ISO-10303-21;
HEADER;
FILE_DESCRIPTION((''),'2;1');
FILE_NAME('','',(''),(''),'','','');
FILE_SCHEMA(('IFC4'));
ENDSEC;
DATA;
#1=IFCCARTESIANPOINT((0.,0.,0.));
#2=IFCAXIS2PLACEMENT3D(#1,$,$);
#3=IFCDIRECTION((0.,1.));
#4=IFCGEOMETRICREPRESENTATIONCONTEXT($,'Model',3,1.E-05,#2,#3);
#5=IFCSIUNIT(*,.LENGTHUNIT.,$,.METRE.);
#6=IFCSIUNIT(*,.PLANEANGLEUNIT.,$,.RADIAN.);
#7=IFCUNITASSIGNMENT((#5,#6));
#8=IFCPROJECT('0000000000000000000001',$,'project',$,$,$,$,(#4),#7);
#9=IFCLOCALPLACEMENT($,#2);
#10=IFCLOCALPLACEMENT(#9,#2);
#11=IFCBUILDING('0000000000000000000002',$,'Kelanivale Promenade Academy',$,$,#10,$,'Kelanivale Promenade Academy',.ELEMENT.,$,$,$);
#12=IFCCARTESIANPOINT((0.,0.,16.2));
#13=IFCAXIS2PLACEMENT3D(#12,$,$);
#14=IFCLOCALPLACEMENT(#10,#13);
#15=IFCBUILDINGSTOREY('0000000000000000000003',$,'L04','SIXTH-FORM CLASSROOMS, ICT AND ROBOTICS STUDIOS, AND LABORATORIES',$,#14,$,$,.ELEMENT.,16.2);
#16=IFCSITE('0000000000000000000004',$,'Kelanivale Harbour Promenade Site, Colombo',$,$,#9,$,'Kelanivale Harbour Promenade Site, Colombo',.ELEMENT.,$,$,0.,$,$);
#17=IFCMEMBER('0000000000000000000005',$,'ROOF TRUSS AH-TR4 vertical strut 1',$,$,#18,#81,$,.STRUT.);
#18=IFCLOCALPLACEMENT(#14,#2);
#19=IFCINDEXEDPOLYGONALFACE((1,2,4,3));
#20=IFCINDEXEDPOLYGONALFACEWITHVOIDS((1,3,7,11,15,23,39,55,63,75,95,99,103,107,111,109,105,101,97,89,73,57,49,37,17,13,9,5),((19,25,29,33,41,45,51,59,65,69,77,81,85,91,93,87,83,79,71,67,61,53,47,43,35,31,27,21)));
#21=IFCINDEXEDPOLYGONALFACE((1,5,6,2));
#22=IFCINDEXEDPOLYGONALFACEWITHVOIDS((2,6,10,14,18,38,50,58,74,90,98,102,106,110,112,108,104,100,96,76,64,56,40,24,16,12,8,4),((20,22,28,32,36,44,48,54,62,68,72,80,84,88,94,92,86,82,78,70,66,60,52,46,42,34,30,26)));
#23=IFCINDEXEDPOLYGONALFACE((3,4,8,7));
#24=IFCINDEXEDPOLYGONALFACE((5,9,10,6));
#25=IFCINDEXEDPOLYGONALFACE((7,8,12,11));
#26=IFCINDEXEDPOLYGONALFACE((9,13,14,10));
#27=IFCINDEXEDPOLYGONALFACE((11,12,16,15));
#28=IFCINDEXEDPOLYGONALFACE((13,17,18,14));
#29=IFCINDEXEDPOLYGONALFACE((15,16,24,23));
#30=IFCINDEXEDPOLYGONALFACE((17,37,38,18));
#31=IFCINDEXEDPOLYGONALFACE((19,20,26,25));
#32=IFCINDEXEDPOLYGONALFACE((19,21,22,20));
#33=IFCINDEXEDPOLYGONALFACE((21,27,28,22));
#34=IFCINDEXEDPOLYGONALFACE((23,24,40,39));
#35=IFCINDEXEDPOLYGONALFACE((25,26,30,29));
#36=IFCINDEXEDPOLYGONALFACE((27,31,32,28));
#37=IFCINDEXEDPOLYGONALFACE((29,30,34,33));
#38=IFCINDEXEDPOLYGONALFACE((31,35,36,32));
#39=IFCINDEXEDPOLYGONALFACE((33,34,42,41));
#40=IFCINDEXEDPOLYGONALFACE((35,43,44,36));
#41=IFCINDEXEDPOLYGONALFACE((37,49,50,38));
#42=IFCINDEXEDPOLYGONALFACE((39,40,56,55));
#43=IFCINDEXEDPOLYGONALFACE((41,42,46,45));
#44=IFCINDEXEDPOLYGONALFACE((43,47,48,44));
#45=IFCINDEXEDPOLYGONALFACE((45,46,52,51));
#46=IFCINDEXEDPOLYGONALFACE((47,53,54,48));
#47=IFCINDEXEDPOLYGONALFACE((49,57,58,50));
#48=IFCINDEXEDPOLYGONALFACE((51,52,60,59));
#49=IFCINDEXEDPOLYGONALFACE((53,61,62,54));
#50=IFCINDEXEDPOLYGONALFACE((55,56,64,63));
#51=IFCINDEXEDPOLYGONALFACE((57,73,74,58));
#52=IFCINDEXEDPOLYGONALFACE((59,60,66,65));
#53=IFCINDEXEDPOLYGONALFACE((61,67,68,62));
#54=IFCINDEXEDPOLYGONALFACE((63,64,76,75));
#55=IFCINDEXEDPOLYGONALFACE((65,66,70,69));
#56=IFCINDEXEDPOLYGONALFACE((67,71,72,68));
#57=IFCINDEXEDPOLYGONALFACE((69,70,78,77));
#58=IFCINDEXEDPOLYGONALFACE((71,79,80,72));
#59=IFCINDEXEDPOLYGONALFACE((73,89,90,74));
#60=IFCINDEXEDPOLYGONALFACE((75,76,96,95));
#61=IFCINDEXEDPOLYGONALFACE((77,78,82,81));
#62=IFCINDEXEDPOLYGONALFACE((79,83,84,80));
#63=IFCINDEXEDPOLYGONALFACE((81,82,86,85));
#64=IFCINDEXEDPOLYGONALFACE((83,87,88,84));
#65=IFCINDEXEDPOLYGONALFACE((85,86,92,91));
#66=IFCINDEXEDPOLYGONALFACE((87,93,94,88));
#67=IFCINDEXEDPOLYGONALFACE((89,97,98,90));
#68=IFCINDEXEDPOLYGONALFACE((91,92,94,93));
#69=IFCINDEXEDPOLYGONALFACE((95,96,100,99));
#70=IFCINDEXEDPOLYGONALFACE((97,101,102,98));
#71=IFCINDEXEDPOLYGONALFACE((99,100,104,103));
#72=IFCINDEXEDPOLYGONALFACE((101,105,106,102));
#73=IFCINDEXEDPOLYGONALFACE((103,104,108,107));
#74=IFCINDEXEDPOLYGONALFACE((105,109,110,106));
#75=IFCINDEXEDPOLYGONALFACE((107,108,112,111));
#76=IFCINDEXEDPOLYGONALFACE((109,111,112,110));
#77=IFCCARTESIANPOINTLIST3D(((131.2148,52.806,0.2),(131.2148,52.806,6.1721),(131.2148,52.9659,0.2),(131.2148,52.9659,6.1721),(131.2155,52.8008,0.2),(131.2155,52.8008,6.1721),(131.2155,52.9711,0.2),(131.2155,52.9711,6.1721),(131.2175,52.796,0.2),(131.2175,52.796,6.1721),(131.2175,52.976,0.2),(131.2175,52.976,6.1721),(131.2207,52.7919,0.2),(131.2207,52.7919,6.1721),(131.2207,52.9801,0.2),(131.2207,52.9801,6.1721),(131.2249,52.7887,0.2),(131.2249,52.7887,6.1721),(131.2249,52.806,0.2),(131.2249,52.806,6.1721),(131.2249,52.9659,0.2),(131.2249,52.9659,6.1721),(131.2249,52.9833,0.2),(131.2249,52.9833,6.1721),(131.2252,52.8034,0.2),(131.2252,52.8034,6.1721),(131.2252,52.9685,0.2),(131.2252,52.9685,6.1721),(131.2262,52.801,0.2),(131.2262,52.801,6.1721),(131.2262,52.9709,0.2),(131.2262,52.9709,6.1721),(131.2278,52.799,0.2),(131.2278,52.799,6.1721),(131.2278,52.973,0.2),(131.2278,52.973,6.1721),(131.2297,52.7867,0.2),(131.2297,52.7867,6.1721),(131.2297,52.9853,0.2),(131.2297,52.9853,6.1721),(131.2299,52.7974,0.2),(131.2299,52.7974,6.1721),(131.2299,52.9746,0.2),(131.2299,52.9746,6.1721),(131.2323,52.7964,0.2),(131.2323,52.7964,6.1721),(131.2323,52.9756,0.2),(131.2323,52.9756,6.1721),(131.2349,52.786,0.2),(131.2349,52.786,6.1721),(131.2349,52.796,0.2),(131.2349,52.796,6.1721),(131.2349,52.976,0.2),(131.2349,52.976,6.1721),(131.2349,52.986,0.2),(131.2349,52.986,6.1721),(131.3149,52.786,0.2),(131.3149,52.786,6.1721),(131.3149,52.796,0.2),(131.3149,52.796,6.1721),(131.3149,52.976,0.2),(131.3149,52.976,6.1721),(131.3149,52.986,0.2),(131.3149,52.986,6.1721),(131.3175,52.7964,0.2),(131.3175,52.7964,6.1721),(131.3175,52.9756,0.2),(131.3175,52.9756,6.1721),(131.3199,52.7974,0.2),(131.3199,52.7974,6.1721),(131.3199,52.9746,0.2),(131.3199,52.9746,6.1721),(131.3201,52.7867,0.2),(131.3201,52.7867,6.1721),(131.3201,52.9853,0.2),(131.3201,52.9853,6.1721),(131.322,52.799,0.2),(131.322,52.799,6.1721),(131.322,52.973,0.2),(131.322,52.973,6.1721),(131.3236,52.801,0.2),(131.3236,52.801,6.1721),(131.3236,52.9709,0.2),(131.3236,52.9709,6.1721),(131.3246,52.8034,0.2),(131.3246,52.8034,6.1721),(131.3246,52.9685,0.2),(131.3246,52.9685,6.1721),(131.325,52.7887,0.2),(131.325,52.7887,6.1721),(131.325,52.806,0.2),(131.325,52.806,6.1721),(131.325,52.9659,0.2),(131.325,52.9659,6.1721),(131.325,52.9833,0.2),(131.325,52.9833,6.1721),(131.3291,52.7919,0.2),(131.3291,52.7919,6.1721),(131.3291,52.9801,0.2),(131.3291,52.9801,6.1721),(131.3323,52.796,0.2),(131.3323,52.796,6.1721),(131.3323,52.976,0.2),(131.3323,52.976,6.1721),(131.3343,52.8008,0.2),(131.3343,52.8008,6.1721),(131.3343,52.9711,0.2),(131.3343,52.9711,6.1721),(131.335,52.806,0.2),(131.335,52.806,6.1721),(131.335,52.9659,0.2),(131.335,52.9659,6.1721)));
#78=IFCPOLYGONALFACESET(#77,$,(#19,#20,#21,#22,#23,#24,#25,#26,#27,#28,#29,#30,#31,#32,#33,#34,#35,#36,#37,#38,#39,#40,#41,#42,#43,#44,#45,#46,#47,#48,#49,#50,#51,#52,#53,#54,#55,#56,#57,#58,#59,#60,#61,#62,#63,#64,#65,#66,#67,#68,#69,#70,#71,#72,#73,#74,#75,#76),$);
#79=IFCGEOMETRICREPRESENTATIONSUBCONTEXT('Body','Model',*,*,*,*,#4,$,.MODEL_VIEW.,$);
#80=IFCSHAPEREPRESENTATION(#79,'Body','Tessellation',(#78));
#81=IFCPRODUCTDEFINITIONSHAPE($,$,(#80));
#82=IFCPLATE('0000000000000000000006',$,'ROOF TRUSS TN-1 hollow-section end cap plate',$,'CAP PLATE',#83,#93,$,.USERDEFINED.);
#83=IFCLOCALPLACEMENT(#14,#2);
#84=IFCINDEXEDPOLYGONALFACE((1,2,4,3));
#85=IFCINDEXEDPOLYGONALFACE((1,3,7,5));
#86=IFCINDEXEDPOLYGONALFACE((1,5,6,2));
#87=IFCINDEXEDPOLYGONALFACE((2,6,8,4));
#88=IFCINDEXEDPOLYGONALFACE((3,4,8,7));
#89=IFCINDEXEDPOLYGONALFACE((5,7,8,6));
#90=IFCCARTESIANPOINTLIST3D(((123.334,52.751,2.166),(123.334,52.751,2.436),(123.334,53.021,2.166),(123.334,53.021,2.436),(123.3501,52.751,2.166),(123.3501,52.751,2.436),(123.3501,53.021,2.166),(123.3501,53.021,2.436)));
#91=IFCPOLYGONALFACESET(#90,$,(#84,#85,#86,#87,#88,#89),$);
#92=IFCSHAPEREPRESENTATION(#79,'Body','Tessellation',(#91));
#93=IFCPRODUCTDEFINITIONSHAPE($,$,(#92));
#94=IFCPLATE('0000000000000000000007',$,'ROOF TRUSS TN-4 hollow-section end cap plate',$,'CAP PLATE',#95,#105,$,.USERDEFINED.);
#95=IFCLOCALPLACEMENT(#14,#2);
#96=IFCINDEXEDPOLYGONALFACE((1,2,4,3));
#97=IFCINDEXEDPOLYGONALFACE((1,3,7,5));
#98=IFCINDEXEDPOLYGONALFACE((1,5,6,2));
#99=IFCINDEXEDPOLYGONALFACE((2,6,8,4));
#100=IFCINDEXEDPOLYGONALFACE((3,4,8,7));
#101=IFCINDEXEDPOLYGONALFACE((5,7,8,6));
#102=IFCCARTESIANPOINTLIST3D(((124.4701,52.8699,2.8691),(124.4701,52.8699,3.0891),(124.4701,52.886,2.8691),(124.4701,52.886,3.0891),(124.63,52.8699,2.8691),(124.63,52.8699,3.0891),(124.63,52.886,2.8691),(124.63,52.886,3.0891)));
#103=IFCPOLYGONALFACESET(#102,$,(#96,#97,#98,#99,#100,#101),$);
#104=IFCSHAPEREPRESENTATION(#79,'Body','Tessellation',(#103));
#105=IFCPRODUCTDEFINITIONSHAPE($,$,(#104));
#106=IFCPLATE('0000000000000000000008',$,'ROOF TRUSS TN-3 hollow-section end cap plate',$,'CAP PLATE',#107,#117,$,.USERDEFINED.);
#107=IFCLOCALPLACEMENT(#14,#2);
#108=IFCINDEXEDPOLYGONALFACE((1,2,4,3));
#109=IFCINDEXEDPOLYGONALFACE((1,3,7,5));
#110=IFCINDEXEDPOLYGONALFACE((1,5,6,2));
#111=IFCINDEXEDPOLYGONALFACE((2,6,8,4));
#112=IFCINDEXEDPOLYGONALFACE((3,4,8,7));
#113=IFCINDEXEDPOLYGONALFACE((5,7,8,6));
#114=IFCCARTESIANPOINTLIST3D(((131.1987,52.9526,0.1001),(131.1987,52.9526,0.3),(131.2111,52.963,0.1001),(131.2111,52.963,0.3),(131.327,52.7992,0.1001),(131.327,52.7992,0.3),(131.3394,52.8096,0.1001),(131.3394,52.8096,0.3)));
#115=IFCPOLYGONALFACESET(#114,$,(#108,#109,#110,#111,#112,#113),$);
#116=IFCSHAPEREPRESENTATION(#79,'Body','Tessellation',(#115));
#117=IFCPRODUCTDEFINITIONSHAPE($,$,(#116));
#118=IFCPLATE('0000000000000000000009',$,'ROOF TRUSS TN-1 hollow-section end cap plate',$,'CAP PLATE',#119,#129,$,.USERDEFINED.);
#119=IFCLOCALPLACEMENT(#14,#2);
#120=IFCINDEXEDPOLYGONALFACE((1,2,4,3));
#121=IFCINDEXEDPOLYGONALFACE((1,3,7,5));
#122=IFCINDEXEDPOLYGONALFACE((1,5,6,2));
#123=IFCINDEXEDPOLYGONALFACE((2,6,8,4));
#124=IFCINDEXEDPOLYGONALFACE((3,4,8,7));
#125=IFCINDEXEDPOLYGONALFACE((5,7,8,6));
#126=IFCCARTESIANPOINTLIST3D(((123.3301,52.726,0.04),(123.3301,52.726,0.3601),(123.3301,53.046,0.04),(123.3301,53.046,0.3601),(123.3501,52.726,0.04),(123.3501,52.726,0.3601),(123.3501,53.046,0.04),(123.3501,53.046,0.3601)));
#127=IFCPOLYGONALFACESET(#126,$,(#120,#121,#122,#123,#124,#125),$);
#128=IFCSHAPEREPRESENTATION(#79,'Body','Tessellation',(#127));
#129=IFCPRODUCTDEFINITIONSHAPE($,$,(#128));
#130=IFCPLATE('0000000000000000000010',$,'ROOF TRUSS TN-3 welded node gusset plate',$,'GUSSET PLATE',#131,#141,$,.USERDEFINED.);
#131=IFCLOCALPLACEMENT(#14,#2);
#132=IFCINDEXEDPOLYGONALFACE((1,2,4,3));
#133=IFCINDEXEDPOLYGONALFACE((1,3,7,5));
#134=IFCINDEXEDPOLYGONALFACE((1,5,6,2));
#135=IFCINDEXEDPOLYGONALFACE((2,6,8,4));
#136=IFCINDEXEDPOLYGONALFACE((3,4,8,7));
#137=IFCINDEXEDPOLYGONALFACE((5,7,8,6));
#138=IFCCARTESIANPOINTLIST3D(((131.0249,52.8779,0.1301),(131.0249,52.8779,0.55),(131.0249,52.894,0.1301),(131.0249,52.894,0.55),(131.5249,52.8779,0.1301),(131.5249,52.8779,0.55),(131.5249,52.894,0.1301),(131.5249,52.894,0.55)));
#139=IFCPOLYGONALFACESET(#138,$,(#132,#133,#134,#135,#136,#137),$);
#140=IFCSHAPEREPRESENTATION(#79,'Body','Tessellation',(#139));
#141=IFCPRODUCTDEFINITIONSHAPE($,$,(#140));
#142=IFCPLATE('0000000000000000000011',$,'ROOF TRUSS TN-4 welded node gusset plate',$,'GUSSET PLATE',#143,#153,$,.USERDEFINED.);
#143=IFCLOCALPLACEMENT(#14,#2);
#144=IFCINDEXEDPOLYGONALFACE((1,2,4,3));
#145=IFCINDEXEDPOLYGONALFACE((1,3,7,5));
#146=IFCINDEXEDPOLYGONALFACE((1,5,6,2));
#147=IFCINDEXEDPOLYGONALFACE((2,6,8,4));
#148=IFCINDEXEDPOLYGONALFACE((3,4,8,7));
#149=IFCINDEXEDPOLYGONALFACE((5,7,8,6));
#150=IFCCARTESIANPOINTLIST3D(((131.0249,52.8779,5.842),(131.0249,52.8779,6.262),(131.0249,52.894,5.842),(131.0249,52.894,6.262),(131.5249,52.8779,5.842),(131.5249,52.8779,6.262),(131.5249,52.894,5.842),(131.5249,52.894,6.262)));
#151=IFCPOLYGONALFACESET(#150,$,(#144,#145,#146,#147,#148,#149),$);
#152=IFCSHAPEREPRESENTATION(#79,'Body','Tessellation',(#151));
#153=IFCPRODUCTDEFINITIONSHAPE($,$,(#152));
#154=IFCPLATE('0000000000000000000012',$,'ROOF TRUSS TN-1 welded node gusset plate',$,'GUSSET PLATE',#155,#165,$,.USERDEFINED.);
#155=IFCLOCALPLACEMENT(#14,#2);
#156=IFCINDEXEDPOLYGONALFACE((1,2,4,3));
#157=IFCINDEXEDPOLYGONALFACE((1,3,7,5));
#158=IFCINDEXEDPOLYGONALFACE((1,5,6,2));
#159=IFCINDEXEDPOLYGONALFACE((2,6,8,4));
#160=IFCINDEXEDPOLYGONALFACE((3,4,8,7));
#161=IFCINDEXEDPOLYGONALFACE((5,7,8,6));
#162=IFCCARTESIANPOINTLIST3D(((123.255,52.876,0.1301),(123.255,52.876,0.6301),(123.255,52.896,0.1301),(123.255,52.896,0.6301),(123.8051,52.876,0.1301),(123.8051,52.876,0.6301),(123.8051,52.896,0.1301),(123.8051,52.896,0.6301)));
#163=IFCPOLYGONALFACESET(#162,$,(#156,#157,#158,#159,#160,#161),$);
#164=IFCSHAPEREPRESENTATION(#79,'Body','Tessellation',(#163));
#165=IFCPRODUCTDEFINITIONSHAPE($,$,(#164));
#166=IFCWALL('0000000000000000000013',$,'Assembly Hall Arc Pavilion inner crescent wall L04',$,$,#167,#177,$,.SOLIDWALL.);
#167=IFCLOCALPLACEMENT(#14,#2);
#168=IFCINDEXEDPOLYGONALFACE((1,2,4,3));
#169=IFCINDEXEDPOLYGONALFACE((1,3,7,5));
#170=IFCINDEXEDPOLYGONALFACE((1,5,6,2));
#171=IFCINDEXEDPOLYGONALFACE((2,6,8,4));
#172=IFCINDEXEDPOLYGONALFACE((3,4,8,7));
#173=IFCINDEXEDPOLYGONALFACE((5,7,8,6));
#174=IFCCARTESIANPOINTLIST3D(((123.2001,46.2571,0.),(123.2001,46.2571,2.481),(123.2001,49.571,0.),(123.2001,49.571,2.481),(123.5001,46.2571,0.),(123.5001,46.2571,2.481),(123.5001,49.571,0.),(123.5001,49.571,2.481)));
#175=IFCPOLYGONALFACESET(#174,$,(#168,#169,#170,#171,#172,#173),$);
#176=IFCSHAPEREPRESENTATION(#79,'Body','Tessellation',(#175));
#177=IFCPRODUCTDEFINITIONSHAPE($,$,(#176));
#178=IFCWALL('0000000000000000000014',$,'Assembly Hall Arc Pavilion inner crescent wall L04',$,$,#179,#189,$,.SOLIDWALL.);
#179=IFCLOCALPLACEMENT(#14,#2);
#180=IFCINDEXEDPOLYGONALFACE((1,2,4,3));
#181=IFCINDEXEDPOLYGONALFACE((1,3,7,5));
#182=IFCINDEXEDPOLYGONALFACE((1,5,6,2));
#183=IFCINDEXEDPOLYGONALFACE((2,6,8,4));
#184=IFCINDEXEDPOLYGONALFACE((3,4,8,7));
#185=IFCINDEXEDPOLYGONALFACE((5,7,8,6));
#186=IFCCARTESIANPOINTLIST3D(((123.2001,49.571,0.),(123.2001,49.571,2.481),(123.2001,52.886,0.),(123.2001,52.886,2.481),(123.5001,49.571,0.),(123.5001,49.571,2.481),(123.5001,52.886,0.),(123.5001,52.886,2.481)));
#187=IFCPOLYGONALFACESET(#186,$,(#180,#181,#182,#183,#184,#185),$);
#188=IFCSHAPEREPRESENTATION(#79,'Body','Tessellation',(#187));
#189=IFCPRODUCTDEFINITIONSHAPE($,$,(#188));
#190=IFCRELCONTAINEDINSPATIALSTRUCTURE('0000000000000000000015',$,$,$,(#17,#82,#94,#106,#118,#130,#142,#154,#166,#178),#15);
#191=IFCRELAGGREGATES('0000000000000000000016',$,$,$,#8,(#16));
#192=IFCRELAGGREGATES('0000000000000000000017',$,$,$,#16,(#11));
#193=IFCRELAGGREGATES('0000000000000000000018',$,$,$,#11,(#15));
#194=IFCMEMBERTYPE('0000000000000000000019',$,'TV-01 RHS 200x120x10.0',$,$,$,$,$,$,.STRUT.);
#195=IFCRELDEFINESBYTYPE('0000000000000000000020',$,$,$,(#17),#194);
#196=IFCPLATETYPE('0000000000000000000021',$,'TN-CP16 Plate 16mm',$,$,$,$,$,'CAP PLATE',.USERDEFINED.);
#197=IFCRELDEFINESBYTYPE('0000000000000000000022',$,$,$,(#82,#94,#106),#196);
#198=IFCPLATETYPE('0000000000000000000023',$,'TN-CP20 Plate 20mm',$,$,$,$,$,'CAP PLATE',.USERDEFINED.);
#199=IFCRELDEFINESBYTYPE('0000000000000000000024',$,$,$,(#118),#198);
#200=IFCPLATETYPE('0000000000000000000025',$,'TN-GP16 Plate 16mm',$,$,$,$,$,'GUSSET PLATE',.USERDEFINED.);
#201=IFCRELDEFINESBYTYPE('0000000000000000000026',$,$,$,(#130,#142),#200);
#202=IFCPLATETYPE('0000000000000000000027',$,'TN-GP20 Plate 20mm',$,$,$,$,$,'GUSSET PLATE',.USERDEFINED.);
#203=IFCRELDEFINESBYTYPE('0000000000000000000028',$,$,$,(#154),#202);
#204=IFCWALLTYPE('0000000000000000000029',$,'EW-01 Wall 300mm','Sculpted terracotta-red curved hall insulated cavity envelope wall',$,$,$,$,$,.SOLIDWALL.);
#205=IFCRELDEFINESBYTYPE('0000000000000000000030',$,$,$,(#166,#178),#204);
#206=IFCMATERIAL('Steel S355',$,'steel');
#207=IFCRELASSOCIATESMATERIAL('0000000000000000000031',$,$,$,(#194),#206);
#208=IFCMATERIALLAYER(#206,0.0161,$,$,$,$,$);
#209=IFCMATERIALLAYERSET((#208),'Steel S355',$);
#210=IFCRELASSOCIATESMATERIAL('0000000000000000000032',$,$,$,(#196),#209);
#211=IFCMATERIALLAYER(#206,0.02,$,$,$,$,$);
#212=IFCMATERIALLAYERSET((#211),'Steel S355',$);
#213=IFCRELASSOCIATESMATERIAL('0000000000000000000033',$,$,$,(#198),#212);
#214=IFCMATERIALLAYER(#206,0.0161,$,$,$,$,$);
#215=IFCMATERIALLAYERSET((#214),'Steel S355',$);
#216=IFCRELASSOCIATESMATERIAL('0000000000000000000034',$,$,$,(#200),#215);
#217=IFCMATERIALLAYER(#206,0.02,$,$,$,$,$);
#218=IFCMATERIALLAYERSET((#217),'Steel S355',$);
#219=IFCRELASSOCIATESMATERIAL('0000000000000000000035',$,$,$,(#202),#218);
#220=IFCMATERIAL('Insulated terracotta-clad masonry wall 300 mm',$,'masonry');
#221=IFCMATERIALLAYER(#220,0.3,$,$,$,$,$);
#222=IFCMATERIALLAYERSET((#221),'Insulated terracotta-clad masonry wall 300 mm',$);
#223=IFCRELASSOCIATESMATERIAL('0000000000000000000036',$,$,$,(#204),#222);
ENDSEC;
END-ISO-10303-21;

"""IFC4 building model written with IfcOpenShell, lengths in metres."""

from ifc_helpers import new_model, si_unit, direction, frame, frame_2d, origin, origin_2d, place, context, subcontext, project, spatial, rectangle, hollow_rectangle, extrude, material, layer, layer_set, material_profile, profile_set, type_object, element, save


model = new_model("IFC4")

# Units and contexts
model_context = context("Model", 3, precision=1e-05, world=origin(), true_north=direction((0.0, 1.0)))
body_context = subcontext(model_context, "Body", "Model", "MODEL_VIEW")
ifc_project = project(units=[si_unit("LENGTHUNIT", "METRE"), si_unit("PLANEANGLEUNIT", "RADIAN")], contexts=[model_context])

# Site, building, storey
site_placement = place(None, origin())
site = spatial("IfcSite", under=ifc_project, at=site_placement, Name="Kelanivale Harbour Promenade Site, Colombo", LongName="Kelanivale Harbour Promenade Site, Colombo", CompositionType="ELEMENT", RefElevation=0.0)
building_placement = place(site_placement, origin())
building = spatial("IfcBuilding", under=site, at=building_placement, Name="Kelanivale Promenade Academy", LongName="Kelanivale Promenade Academy", CompositionType="ELEMENT")
storey_placement = place(building_placement, frame((0.0, 0.0, 16.2)))
storey = spatial("IfcBuildingStorey", under=building, at=storey_placement, Name="L04", Description="SIXTH-FORM CLASSROOMS, ICT AND ROBOTICS STUDIOS, AND LABORATORIES", CompositionType="ELEMENT", Elevation=16.2)

# Shared definitions
ifc_material_1 = material(Name="Steel S355", Category="steel")

# Member
ifc_material_profile_1 = material_profile(ifc_material_1, hollow_rectangle(XDim=0.1201, YDim=0.2, WallThickness=0.01, InnerFilletRadius=0.01, OuterFilletRadius=0.02, at=origin_2d()), Name="RHS 200x120x10.0")
ifc_profile_set_1 = profile_set([ifc_material_profile_1], Name="Steel S355")
member_type_1 = type_object("IfcMemberType", Name="TV-01 RHS 200x120x10.0", PredefinedType="STRUT", material=ifc_profile_set_1)
member_1_placement = place(storey_placement, frame((131.2749, 52.886, 0.2), z_axis=(0.0, 0.0, 1.0), x_axis=(1.0, 0.0, 0.0)))
element("IfcMember", 1, at=member_1_placement, inside=storey, type_object=member_type_1, Name="ROOF TRUSS AH-TR4 vertical strut 1", PredefinedType="STRUT", context=body_context, shape_type="SweptSolid", body=[
    extrude(hollow_rectangle(XDim=0.1201, YDim=0.2, WallThickness=0.01, InnerFilletRadius=0.01, OuterFilletRadius=0.02, at=origin_2d()), origin(), (0.0, 0.0, 1.0), 5.9722),
])

# Plates
ifc_layer_1 = layer(ifc_material_1, 0.0161)
ifc_layer_set_1 = layer_set([ifc_layer_1], Name="Steel S355")
plate_type_1 = type_object("IfcPlateType", Name="TN-CP16 Plate 16mm", ElementType="CAP PLATE", PredefinedType="USERDEFINED", material=ifc_layer_set_1)
plate_1_placement = place(storey_placement, frame((123.342, 52.886, 2.166), z_axis=(0.0, 0.0, 1.0), x_axis=(-1.0, 0.0, 0.0)))
element("IfcPlate", 2, at=plate_1_placement, inside=storey, type_object=plate_type_1, Name="ROOF TRUSS TN-1 hollow-section end cap plate", ObjectType="CAP PLATE", PredefinedType="USERDEFINED", context=body_context, shape_type="SweptSolid", body=[
    extrude(rectangle(XDim=0.0161, YDim=0.27, at=origin_2d()), origin(), (0.0, 0.0, 1.0), 0.27),
])
plate_2_placement = place(storey_placement, frame((124.55, 52.8779, 2.8691), z_axis=(0.0, 0.0, 1.0), x_axis=(0.0, -1.0, 0.0)))
element("IfcPlate", 3, at=plate_2_placement, inside=storey, type_object=plate_type_1, Name="ROOF TRUSS TN-4 hollow-section end cap plate", ObjectType="CAP PLATE", PredefinedType="USERDEFINED", context=body_context, shape_type="SweptSolid", body=[
    extrude(rectangle(XDim=0.0161, YDim=0.1599, at=origin_2d()), origin(), (0.0, 0.0, 1.0), 0.22),
])
plate_3_placement = place(storey_placement, frame((131.269, 52.8811, 0.1001), z_axis=(0.0, 0.0, 1.0), x_axis=(-0.767053, -0.641584, 0.0)))
element("IfcPlate", 4, at=plate_3_placement, inside=storey, type_object=plate_type_1, Name="ROOF TRUSS TN-3 hollow-section end cap plate", ObjectType="CAP PLATE", PredefinedType="USERDEFINED", context=body_context, shape_type="SweptSolid", body=[
    extrude(rectangle(XDim=0.0161, YDim=0.2, at=origin_2d()), origin(), (0.0, 0.0, 1.0), 0.2),
])
ifc_layer_2 = layer(ifc_material_1, 0.02)
ifc_layer_set_2 = layer_set([ifc_layer_2], Name="Steel S355")
plate_type_2 = type_object("IfcPlateType", Name="TN-CP20 Plate 20mm", ElementType="CAP PLATE", PredefinedType="USERDEFINED", material=ifc_layer_set_2)
plate_4_placement = place(storey_placement, frame((123.3401, 52.886, 0.04), z_axis=(0.0, 0.0, 1.0), x_axis=(-1.0, 0.0, 0.0)))
element("IfcPlate", 5, at=plate_4_placement, inside=storey, type_object=plate_type_2, Name="ROOF TRUSS TN-1 hollow-section end cap plate", ObjectType="CAP PLATE", PredefinedType="USERDEFINED", context=body_context, shape_type="SweptSolid", body=[
    extrude(rectangle(XDim=0.02, YDim=0.3201, at=origin_2d()), origin(), (0.0, 0.0, 1.0), 0.3201),
])
ifc_layer_3 = layer(ifc_material_1, 0.0161)
ifc_layer_set_3 = layer_set([ifc_layer_3], Name="Steel S355")
plate_type_3 = type_object("IfcPlateType", Name="TN-GP16 Plate 16mm", ElementType="GUSSET PLATE", PredefinedType="USERDEFINED", material=ifc_layer_set_3)
for number, where, z_axis, x_axis, name in (
    (6, (131.2749, 52.886, 0.1301), (0.0, 0.0, 1.0), (1.0, 0.0, 0.0), "ROOF TRUSS TN-3 welded node gusset plate"),
    (7, (131.2749, 52.886, 5.842), (0.0, 0.0, 1.0), (1.0, 0.0, 0.0), "ROOF TRUSS TN-4 welded node gusset plate"),
):
    element("IfcPlate", number, at=place(storey_placement, frame(where, z_axis=z_axis, x_axis=x_axis)), inside=storey, type_object=plate_type_3, Name=name, ObjectType="GUSSET PLATE", PredefinedType="USERDEFINED", context=body_context, shape_type="SweptSolid", body=[
        extrude(rectangle(XDim=0.5, YDim=0.0161, at=origin_2d()), origin(), (0.0, 0.0, 1.0), 0.4199),
    ])
ifc_layer_4 = layer(ifc_material_1, 0.02)
ifc_layer_set_4 = layer_set([ifc_layer_4], Name="Steel S355")
plate_type_4 = type_object("IfcPlateType", Name="TN-GP20 Plate 20mm", ElementType="GUSSET PLATE", PredefinedType="USERDEFINED", material=ifc_layer_set_4)
plate_5_placement = place(storey_placement, frame((123.53, 52.886, 0.1301), z_axis=(0.0, 0.0, 1.0), x_axis=(1.0, 0.0, 0.0)))
element("IfcPlate", 8, at=plate_5_placement, inside=storey, type_object=plate_type_4, Name="ROOF TRUSS TN-1 welded node gusset plate", ObjectType="GUSSET PLATE", PredefinedType="USERDEFINED", context=body_context, shape_type="SweptSolid", body=[
    extrude(rectangle(XDim=0.55, YDim=0.02, at=origin_2d()), origin(), (0.0, 0.0, 1.0), 0.5),
])

# Walls
ifc_material_2 = material(Name="Insulated terracotta-clad masonry wall 300 mm", Category="masonry")
ifc_layer_5 = layer(ifc_material_2, 0.3)
ifc_layer_set_5 = layer_set([ifc_layer_5], Name="Insulated terracotta-clad masonry wall 300 mm")
wall_type = type_object("IfcWallType", Name="EW-01 Wall 300mm", Description="Sculpted terracotta-red curved hall insulated cavity envelope wall", PredefinedType="SOLIDWALL", material=ifc_layer_set_5)
wall_1_placement = place(storey_placement, frame((123.3501, 49.571, 0.0), z_axis=(0.0, 0.0, 1.0), x_axis=(0.0, -1.0, 0.0)))
element("IfcWall", 9, at=wall_1_placement, inside=storey, type_object=wall_type, Name="Assembly Hall Arc Pavilion inner crescent wall L04", PredefinedType="SOLIDWALL", context=body_context, shape_type="SweptSolid", body=[
    extrude(rectangle(XDim=3.314, YDim=0.3, at=frame_2d((1.657, 0.0))), origin(), (0.0, 0.0, 1.0), 2.481),
])
wall_2_placement = place(storey_placement, frame((123.3501, 52.886, 0.0), z_axis=(0.0, 0.0, 1.0), x_axis=(0.0, -1.0, 0.0)))
element("IfcWall", 10, at=wall_2_placement, inside=storey, type_object=wall_type, Name="Assembly Hall Arc Pavilion inner crescent wall L04", PredefinedType="SOLIDWALL", context=body_context, shape_type="SweptSolid", body=[
    extrude(rectangle(XDim=3.3149, YDim=0.3, at=frame_2d((1.6575, 0.0))), origin(), (0.0, 0.0, 1.0), 2.481),
])

save(model, "model.ifc")
